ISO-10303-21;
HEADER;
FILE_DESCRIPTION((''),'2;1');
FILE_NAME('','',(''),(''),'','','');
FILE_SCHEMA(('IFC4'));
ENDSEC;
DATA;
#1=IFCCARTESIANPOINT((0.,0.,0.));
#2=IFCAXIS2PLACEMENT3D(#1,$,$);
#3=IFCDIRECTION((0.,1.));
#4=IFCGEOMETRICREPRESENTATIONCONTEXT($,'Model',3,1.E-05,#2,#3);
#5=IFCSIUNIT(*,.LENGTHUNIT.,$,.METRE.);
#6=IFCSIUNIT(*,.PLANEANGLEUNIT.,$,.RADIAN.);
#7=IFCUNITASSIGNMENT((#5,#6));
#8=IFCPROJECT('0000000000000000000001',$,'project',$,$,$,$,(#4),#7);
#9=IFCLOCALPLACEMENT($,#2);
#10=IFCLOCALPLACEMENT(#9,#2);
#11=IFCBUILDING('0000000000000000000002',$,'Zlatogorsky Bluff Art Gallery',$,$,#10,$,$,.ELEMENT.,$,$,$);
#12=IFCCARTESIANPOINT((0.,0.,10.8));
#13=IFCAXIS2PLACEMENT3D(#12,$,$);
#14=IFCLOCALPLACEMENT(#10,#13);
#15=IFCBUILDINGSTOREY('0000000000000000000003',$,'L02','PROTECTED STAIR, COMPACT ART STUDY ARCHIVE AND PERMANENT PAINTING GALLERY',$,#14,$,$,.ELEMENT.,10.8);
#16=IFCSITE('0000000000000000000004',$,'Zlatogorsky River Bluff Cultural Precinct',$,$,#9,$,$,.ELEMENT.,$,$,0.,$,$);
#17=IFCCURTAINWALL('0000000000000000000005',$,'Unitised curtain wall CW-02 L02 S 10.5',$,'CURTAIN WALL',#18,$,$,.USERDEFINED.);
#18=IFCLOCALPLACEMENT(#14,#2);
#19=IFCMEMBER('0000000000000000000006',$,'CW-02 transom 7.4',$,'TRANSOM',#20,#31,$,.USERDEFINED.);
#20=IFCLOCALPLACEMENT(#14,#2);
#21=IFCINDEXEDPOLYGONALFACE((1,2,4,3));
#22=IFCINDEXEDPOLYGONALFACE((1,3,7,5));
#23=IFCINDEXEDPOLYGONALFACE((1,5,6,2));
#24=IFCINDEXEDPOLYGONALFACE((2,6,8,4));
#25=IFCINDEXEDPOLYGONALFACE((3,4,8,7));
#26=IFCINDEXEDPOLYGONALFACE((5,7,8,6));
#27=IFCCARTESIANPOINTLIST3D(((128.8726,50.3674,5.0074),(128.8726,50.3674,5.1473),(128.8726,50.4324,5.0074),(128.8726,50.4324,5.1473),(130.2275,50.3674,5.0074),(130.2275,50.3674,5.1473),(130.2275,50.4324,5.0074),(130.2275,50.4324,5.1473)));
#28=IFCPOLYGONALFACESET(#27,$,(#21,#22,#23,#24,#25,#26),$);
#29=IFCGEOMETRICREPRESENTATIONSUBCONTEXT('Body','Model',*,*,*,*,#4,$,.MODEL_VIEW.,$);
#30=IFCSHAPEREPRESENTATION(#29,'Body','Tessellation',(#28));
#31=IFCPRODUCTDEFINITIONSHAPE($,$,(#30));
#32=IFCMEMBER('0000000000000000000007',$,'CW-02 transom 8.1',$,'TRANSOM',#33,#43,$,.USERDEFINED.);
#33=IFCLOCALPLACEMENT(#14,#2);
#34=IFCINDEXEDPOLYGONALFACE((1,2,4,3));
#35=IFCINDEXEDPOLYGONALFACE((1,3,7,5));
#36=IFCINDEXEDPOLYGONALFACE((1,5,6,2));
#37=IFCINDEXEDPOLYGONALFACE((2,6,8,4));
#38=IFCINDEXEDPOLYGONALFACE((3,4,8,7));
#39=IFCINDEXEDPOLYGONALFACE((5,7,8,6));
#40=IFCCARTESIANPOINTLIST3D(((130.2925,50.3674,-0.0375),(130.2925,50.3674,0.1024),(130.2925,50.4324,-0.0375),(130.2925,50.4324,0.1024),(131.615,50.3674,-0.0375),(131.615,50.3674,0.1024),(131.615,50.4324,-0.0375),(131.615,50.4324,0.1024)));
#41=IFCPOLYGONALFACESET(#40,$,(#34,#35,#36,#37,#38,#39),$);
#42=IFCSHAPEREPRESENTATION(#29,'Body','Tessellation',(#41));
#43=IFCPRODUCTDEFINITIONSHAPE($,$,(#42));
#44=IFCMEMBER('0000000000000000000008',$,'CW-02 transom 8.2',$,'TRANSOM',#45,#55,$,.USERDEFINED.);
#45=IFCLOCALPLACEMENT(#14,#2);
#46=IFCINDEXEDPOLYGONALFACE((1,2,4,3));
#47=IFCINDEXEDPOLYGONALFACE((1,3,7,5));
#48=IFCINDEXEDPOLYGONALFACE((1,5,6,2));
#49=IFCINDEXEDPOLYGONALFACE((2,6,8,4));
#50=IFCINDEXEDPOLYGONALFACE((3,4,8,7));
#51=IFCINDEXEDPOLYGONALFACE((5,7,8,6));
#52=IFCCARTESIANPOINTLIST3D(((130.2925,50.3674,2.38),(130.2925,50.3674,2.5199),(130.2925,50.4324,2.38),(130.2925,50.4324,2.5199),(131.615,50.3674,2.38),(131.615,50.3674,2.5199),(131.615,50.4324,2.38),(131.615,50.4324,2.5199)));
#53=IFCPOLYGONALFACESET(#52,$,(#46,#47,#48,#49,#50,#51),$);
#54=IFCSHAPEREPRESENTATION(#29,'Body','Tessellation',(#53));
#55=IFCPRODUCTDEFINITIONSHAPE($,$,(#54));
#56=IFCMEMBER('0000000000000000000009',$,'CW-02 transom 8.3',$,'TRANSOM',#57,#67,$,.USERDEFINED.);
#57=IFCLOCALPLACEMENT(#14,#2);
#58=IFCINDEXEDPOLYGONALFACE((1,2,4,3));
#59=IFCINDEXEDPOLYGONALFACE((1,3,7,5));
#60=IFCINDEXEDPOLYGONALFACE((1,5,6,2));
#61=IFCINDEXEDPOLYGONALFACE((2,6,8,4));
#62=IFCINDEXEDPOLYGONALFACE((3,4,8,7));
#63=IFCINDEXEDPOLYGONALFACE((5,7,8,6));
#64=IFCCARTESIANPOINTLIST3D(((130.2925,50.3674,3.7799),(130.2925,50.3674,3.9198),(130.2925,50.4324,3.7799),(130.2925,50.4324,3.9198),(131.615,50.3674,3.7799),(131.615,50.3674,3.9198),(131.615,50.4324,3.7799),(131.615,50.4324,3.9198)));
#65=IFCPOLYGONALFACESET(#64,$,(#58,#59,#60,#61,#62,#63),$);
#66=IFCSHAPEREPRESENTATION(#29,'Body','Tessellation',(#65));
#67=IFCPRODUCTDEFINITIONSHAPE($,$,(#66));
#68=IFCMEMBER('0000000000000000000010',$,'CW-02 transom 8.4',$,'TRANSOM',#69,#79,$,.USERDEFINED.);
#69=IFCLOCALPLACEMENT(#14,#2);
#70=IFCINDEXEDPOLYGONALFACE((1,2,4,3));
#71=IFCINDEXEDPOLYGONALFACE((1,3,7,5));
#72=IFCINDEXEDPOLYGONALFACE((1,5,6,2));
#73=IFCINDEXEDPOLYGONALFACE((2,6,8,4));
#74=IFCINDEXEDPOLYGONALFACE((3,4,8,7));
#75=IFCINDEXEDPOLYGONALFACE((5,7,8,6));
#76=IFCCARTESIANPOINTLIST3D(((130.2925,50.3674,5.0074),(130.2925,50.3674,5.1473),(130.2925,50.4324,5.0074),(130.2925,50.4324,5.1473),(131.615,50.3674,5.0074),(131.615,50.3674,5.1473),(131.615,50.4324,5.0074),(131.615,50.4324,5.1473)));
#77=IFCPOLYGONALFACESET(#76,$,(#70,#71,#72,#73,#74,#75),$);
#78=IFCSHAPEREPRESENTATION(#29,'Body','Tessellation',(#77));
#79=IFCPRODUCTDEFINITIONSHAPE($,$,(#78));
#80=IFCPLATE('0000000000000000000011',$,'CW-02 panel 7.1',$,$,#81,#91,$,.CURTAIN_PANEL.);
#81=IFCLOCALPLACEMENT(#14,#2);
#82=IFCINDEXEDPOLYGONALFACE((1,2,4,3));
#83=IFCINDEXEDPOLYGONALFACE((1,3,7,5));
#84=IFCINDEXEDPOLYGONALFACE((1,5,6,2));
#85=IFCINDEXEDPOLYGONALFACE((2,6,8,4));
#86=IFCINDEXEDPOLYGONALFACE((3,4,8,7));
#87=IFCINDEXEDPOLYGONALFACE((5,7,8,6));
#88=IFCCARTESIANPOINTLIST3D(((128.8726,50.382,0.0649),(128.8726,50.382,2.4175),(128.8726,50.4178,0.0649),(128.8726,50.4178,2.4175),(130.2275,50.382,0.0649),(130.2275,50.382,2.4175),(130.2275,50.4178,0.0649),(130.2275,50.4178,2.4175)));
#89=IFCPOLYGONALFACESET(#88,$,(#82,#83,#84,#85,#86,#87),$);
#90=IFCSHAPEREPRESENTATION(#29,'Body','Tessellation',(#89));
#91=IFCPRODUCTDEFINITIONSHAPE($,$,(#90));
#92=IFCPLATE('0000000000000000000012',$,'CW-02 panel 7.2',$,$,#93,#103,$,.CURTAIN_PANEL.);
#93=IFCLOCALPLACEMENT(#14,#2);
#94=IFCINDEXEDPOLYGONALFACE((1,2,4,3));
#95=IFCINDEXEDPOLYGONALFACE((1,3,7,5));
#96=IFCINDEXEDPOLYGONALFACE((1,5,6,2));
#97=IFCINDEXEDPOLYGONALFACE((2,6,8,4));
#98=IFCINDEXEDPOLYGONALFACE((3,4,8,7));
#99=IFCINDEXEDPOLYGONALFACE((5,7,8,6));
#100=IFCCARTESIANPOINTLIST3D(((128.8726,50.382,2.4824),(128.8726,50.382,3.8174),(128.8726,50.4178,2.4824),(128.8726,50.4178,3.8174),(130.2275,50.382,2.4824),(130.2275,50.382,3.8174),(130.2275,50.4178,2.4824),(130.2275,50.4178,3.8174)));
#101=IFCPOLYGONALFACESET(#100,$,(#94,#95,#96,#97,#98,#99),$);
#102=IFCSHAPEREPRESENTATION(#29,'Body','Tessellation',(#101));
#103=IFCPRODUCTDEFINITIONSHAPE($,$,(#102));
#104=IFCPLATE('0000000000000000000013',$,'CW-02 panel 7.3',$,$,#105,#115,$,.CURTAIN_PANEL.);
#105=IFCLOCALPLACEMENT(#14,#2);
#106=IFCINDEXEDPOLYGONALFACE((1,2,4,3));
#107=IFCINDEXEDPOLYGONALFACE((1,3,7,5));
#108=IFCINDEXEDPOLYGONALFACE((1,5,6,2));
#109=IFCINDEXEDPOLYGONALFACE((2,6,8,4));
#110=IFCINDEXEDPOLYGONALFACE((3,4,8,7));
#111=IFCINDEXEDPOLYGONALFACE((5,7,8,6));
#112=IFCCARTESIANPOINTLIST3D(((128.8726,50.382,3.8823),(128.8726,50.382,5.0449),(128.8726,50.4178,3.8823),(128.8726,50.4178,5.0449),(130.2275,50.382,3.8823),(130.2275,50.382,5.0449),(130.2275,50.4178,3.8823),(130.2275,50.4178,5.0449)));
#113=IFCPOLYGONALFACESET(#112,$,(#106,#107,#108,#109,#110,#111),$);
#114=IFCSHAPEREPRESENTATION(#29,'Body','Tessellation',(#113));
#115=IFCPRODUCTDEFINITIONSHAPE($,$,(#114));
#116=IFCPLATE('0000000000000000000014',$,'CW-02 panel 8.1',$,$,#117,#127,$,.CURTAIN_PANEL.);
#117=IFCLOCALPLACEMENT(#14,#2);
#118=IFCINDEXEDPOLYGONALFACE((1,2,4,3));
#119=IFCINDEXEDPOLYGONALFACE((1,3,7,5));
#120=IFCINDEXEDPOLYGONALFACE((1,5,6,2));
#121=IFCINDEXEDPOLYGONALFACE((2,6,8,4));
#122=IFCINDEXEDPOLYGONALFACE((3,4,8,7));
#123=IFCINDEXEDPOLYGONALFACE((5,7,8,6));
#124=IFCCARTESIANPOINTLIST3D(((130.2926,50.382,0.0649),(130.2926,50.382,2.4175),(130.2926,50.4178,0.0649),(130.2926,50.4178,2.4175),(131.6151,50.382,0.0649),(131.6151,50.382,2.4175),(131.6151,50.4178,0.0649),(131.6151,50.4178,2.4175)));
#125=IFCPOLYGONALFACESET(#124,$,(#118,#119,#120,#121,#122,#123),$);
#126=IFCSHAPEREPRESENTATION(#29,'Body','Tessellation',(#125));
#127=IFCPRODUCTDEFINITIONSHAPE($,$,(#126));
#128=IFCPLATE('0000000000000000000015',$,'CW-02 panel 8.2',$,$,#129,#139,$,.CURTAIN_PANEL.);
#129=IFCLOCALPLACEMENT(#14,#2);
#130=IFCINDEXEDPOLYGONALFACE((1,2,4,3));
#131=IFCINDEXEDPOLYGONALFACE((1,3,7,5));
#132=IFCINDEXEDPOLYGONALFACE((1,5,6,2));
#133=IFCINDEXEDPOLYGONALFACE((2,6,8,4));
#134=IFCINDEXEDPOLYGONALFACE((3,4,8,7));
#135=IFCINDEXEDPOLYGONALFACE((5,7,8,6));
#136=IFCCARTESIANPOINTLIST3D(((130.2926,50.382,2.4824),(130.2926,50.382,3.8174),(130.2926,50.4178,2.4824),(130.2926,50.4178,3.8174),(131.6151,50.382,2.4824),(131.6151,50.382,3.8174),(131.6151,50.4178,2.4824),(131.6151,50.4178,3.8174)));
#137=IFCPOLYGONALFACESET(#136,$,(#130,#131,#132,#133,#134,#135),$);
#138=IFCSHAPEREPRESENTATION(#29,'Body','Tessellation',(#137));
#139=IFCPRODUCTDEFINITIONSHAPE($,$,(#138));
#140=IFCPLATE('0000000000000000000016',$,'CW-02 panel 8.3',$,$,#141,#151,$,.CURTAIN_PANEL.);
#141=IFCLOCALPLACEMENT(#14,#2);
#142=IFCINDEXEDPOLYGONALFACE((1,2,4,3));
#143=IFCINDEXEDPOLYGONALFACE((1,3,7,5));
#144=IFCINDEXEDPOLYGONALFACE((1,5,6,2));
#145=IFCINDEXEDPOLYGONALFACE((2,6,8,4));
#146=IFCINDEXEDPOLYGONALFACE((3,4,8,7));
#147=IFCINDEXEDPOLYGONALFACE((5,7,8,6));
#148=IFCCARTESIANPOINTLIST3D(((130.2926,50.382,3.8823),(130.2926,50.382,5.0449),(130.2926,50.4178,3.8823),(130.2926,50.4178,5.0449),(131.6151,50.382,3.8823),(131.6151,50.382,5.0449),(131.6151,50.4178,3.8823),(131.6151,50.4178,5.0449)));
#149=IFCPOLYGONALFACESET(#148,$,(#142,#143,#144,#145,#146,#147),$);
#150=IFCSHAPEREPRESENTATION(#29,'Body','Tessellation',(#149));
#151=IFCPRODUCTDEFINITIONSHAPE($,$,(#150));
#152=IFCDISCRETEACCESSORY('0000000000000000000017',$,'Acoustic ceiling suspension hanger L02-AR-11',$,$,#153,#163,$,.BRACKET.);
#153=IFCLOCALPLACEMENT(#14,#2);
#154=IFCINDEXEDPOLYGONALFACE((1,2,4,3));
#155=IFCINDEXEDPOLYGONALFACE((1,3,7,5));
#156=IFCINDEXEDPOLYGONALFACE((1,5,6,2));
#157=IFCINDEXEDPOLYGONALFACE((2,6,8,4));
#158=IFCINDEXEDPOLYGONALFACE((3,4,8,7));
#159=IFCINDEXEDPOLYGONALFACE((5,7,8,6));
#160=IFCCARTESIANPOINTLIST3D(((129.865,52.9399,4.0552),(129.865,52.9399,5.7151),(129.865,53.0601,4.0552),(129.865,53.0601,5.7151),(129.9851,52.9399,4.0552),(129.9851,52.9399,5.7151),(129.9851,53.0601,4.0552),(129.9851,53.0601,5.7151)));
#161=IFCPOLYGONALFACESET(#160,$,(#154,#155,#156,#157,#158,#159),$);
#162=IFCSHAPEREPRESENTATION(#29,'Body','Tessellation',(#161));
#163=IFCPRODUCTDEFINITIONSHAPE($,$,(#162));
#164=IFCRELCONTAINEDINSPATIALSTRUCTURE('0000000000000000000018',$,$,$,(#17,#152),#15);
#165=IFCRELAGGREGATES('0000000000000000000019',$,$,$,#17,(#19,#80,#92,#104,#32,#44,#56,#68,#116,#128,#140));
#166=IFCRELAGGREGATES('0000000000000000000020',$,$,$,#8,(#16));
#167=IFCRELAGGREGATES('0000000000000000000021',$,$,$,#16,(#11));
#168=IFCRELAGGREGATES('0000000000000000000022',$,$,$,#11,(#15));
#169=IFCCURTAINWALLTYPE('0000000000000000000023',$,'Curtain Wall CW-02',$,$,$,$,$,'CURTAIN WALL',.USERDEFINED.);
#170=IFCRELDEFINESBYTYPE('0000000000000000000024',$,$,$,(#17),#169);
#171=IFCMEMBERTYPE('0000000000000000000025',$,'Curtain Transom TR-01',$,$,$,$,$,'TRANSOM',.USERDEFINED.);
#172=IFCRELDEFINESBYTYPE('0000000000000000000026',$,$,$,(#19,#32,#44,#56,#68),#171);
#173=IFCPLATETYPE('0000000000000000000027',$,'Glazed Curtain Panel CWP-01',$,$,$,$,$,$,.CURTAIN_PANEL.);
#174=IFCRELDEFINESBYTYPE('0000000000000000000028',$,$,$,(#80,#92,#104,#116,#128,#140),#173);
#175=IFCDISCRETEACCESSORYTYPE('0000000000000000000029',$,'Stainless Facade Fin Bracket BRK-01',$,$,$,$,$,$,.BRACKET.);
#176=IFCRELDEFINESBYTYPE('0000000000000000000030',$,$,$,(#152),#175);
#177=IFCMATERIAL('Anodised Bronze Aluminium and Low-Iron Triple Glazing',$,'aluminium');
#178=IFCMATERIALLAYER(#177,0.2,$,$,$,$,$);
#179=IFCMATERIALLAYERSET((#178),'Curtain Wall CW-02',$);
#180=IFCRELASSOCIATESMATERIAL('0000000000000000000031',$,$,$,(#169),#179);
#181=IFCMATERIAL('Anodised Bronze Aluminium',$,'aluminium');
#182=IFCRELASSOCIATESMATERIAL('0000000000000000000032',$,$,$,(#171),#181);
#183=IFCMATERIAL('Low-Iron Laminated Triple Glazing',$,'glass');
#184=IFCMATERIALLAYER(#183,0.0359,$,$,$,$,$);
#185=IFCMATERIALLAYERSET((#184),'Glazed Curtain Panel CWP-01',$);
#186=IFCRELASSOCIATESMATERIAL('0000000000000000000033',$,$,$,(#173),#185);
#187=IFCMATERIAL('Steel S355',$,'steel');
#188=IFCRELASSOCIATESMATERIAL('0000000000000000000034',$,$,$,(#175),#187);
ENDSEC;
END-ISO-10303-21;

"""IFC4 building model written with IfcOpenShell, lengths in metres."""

from ifc_helpers import new_model, si_unit, direction, frame, origin, origin_2d, place, context, subcontext, project, spatial, rectangle, extrude, material, layer, layer_set, material_profile, profile_set, type_object, element, aggregate, save


model = new_model("IFC4")

# Units and contexts
model_context = context("Model", 3, precision=1e-05, world=origin(), true_north=direction((0.0, 1.0)))
body_context = subcontext(model_context, "Body", "Model", "MODEL_VIEW")
ifc_project = project(units=[si_unit("LENGTHUNIT", "METRE"), si_unit("PLANEANGLEUNIT", "RADIAN")], contexts=[model_context])

# Site, building, storey
site_placement = place(None, origin())
site = spatial("IfcSite", under=ifc_project, at=site_placement, Name="Zlatogorsky River Bluff Cultural Precinct", CompositionType="ELEMENT", RefElevation=0.0)
building_placement = place(site_placement, origin())
building = spatial("IfcBuilding", under=site, at=building_placement, Name="Zlatogorsky Bluff Art Gallery", CompositionType="ELEMENT")
storey_placement = place(building_placement, frame((0.0, 0.0, 10.8)))
storey = spatial("IfcBuildingStorey", under=building, at=storey_placement, Name="L02", Description="PROTECTED STAIR, COMPACT ART STUDY ARCHIVE AND PERMANENT PAINTING GALLERY", CompositionType="ELEMENT", Elevation=10.8)

# Shared definitions
ifc_material_1 = material(Name="Steel S355", Category="steel")

# Curtain wall, members, plates
ifc_material_2 = material(Name="Anodised Bronze Aluminium and Low-Iron Triple Glazing", Category="aluminium")
ifc_layer_1 = layer(ifc_material_2, 0.2)
ifc_layer_set_1 = layer_set([ifc_layer_1], Name="Curtain Wall CW-02")
curtain_wall_type = type_object("IfcCurtainWallType", Name="Curtain Wall CW-02", ElementType="CURTAIN WALL", PredefinedType="USERDEFINED", material=ifc_layer_set_1)
curtain_wall_placement = place(storey_placement, origin())
curtain_wall = element("IfcCurtainWall", 1, at=curtain_wall_placement, inside=storey, type_object=curtain_wall_type, Name="Unitised curtain wall CW-02 L02 S 10.5", ObjectType="CURTAIN WALL", PredefinedType="USERDEFINED")
ifc_material_3 = material(Name="Anodised Bronze Aluminium", Category="aluminium")
ifc_material_profile_1 = material_profile(ifc_material_3, rectangle(XDim=0.0649, YDim=0.1399, at=origin_2d()), Name="ALU TRANSOM 65x140")
ifc_profile_set_1 = profile_set([ifc_material_profile_1], Name="Anodised Bronze Aluminium")
member_type_1 = type_object("IfcMemberType", Name="Curtain Transom TR-01", ElementType="TRANSOM", PredefinedType="USERDEFINED", material=ifc_profile_set_1)
member_1_placement = place(storey_placement, frame((128.8726, 50.3999, 5.0774), z_axis=(1.0, 0.0, 0.0), x_axis=(0.0, 1.0, 0.0)))
member_1 = element("IfcMember", 2, at=member_1_placement, type_object=member_type_1, Name="CW-02 transom 7.4", ObjectType="TRANSOM", PredefinedType="USERDEFINED", context=body_context, shape_type="SweptSolid", body=[
    extrude(rectangle(XDim=0.0649, YDim=0.1399, at=origin_2d()), origin(), (0.0, 0.0, 1.0), 1.355),
])
member_2_placement = place(storey_placement, frame((130.2925, 50.3999, 0.0325), z_axis=(1.0, 0.0, 0.0), x_axis=(0.0, 1.0, 0.0)))
member_2 = element("IfcMember", 3, at=member_2_placement, type_object=member_type_1, Name="CW-02 transom 8.1", ObjectType="TRANSOM", PredefinedType="USERDEFINED", context=body_context, shape_type="SweptSolid", body=[
    extrude(rectangle(XDim=0.0649, YDim=0.1399, at=origin_2d()), origin(), (0.0, 0.0, 1.0), 1.3225),
])
member_3_placement = place(storey_placement, frame((130.2925, 50.3999, 2.45), z_axis=(1.0, 0.0, 0.0), x_axis=(0.0, 1.0, 0.0)))
member_3 = element("IfcMember", 4, at=member_3_placement, type_object=member_type_1, Name="CW-02 transom 8.2", ObjectType="TRANSOM", PredefinedType="USERDEFINED", context=body_context, shape_type="SweptSolid", body=[
    extrude(rectangle(XDim=0.0649, YDim=0.1399, at=origin_2d()), origin(), (0.0, 0.0, 1.0), 1.3225),
])
member_4_placement = place(storey_placement, frame((130.2925, 50.3999, 3.8499), z_axis=(1.0, 0.0, 0.0), x_axis=(0.0, 1.0, 0.0)))
member_4 = element("IfcMember", 5, at=member_4_placement, type_object=member_type_1, Name="CW-02 transom 8.3", ObjectType="TRANSOM", PredefinedType="USERDEFINED", context=body_context, shape_type="SweptSolid", body=[
    extrude(rectangle(XDim=0.0649, YDim=0.1399, at=origin_2d()), origin(), (0.0, 0.0, 1.0), 1.3225),
])
member_5_placement = place(storey_placement, frame((130.2925, 50.3999, 5.0774), z_axis=(1.0, 0.0, 0.0), x_axis=(0.0, 1.0, 0.0)))
member_5 = element("IfcMember", 6, at=member_5_placement, type_object=member_type_1, Name="CW-02 transom 8.4", ObjectType="TRANSOM", PredefinedType="USERDEFINED", context=body_context, shape_type="SweptSolid", body=[
    extrude(rectangle(XDim=0.0649, YDim=0.1399, at=origin_2d()), origin(), (0.0, 0.0, 1.0), 1.3225),
])
ifc_material_4 = material(Name="Low-Iron Laminated Triple Glazing", Category="glass")
ifc_layer_2 = layer(ifc_material_4, 0.0359)
ifc_layer_set_2 = layer_set([ifc_layer_2], Name="Glazed Curtain Panel CWP-01")
plate_type = type_object("IfcPlateType", Name="Glazed Curtain Panel CWP-01", PredefinedType="CURTAIN_PANEL", material=ifc_layer_set_2)
plate_1_placement = place(storey_placement, frame((129.55, 50.3999, 0.0649), z_axis=(0.0, 0.0, 1.0), x_axis=(1.0, 0.0, 0.0)))
plate_1 = element("IfcPlate", 7, at=plate_1_placement, type_object=plate_type, Name="CW-02 panel 7.1", PredefinedType="CURTAIN_PANEL", context=body_context, shape_type="SweptSolid", body=[
    extrude(rectangle(XDim=1.355, YDim=0.0359, at=origin_2d()), origin(), (0.0, 0.0, 1.0), 2.3525),
])
plate_2_placement = place(storey_placement, frame((129.55, 50.3999, 2.4824), z_axis=(0.0, 0.0, 1.0), x_axis=(1.0, 0.0, 0.0)))
plate_2 = element("IfcPlate", 8, at=plate_2_placement, type_object=plate_type, Name="CW-02 panel 7.2", PredefinedType="CURTAIN_PANEL", context=body_context, shape_type="SweptSolid", body=[
    extrude(rectangle(XDim=1.355, YDim=0.0359, at=origin_2d()), origin(), (0.0, 0.0, 1.0), 1.335),
])
plate_3_placement = place(storey_placement, frame((129.55, 50.3999, 3.8823), z_axis=(0.0, 0.0, 1.0), x_axis=(1.0, 0.0, 0.0)))
plate_3 = element("IfcPlate", 9, at=plate_3_placement, type_object=plate_type, Name="CW-02 panel 7.3", PredefinedType="CURTAIN_PANEL", context=body_context, shape_type="SweptSolid", body=[
    extrude(rectangle(XDim=1.355, YDim=0.0359, at=origin_2d()), origin(), (0.0, 0.0, 1.0), 1.1626),
])
plate_4_placement = place(storey_placement, frame((130.9539, 50.3999, 0.0649), z_axis=(0.0, 0.0, 1.0), x_axis=(1.0, 0.0, 0.0)))
plate_4 = element("IfcPlate", 10, at=plate_4_placement, type_object=plate_type, Name="CW-02 panel 8.1", PredefinedType="CURTAIN_PANEL", context=body_context, shape_type="SweptSolid", body=[
    extrude(rectangle(XDim=1.3225, YDim=0.0359, at=origin_2d()), origin(), (0.0, 0.0, 1.0), 2.3525),
])
plate_5_placement = place(storey_placement, frame((130.9539, 50.3999, 2.4824), z_axis=(0.0, 0.0, 1.0), x_axis=(1.0, 0.0, 0.0)))
plate_5 = element("IfcPlate", 11, at=plate_5_placement, type_object=plate_type, Name="CW-02 panel 8.2", PredefinedType="CURTAIN_PANEL", context=body_context, shape_type="SweptSolid", body=[
    extrude(rectangle(XDim=1.3225, YDim=0.0359, at=origin_2d()), origin(), (0.0, 0.0, 1.0), 1.335),
])
plate_6_placement = place(storey_placement, frame((130.9539, 50.3999, 3.8823), z_axis=(0.0, 0.0, 1.0), x_axis=(1.0, 0.0, 0.0)))
plate_6 = element("IfcPlate", 12, at=plate_6_placement, type_object=plate_type, Name="CW-02 panel 8.3", PredefinedType="CURTAIN_PANEL", context=body_context, shape_type="SweptSolid", body=[
    extrude(rectangle(XDim=1.3225, YDim=0.0359, at=origin_2d()), origin(), (0.0, 0.0, 1.0), 1.1626),
])
aggregate(curtain_wall, [member_1, plate_1, plate_2, plate_3, member_2, member_3, member_4, member_5, plate_4, plate_5, plate_6])

# Discrete accessory
discrete_accessory_type = type_object("IfcDiscreteAccessoryType", Name="Stainless Facade Fin Bracket BRK-01", PredefinedType="BRACKET", material=ifc_material_1)
discrete_accessory_placement = place(storey_placement, frame((129.925, 53.0, 4.0552), z_axis=(0.0, 0.0, 1.0), x_axis=(1.0, 0.0, 0.0)))
element("IfcDiscreteAccessory", 13, at=discrete_accessory_placement, inside=storey, type_object=discrete_accessory_type, Name="Acoustic ceiling suspension hanger L02-AR-11", PredefinedType="BRACKET", context=body_context, shape_type="SweptSolid", body=[
    extrude(rectangle(XDim=0.1201, YDim=0.1201, at=origin_2d()), origin(), (0.0, 0.0, 1.0), 1.6599),
])

save(model, "model.ifc")
